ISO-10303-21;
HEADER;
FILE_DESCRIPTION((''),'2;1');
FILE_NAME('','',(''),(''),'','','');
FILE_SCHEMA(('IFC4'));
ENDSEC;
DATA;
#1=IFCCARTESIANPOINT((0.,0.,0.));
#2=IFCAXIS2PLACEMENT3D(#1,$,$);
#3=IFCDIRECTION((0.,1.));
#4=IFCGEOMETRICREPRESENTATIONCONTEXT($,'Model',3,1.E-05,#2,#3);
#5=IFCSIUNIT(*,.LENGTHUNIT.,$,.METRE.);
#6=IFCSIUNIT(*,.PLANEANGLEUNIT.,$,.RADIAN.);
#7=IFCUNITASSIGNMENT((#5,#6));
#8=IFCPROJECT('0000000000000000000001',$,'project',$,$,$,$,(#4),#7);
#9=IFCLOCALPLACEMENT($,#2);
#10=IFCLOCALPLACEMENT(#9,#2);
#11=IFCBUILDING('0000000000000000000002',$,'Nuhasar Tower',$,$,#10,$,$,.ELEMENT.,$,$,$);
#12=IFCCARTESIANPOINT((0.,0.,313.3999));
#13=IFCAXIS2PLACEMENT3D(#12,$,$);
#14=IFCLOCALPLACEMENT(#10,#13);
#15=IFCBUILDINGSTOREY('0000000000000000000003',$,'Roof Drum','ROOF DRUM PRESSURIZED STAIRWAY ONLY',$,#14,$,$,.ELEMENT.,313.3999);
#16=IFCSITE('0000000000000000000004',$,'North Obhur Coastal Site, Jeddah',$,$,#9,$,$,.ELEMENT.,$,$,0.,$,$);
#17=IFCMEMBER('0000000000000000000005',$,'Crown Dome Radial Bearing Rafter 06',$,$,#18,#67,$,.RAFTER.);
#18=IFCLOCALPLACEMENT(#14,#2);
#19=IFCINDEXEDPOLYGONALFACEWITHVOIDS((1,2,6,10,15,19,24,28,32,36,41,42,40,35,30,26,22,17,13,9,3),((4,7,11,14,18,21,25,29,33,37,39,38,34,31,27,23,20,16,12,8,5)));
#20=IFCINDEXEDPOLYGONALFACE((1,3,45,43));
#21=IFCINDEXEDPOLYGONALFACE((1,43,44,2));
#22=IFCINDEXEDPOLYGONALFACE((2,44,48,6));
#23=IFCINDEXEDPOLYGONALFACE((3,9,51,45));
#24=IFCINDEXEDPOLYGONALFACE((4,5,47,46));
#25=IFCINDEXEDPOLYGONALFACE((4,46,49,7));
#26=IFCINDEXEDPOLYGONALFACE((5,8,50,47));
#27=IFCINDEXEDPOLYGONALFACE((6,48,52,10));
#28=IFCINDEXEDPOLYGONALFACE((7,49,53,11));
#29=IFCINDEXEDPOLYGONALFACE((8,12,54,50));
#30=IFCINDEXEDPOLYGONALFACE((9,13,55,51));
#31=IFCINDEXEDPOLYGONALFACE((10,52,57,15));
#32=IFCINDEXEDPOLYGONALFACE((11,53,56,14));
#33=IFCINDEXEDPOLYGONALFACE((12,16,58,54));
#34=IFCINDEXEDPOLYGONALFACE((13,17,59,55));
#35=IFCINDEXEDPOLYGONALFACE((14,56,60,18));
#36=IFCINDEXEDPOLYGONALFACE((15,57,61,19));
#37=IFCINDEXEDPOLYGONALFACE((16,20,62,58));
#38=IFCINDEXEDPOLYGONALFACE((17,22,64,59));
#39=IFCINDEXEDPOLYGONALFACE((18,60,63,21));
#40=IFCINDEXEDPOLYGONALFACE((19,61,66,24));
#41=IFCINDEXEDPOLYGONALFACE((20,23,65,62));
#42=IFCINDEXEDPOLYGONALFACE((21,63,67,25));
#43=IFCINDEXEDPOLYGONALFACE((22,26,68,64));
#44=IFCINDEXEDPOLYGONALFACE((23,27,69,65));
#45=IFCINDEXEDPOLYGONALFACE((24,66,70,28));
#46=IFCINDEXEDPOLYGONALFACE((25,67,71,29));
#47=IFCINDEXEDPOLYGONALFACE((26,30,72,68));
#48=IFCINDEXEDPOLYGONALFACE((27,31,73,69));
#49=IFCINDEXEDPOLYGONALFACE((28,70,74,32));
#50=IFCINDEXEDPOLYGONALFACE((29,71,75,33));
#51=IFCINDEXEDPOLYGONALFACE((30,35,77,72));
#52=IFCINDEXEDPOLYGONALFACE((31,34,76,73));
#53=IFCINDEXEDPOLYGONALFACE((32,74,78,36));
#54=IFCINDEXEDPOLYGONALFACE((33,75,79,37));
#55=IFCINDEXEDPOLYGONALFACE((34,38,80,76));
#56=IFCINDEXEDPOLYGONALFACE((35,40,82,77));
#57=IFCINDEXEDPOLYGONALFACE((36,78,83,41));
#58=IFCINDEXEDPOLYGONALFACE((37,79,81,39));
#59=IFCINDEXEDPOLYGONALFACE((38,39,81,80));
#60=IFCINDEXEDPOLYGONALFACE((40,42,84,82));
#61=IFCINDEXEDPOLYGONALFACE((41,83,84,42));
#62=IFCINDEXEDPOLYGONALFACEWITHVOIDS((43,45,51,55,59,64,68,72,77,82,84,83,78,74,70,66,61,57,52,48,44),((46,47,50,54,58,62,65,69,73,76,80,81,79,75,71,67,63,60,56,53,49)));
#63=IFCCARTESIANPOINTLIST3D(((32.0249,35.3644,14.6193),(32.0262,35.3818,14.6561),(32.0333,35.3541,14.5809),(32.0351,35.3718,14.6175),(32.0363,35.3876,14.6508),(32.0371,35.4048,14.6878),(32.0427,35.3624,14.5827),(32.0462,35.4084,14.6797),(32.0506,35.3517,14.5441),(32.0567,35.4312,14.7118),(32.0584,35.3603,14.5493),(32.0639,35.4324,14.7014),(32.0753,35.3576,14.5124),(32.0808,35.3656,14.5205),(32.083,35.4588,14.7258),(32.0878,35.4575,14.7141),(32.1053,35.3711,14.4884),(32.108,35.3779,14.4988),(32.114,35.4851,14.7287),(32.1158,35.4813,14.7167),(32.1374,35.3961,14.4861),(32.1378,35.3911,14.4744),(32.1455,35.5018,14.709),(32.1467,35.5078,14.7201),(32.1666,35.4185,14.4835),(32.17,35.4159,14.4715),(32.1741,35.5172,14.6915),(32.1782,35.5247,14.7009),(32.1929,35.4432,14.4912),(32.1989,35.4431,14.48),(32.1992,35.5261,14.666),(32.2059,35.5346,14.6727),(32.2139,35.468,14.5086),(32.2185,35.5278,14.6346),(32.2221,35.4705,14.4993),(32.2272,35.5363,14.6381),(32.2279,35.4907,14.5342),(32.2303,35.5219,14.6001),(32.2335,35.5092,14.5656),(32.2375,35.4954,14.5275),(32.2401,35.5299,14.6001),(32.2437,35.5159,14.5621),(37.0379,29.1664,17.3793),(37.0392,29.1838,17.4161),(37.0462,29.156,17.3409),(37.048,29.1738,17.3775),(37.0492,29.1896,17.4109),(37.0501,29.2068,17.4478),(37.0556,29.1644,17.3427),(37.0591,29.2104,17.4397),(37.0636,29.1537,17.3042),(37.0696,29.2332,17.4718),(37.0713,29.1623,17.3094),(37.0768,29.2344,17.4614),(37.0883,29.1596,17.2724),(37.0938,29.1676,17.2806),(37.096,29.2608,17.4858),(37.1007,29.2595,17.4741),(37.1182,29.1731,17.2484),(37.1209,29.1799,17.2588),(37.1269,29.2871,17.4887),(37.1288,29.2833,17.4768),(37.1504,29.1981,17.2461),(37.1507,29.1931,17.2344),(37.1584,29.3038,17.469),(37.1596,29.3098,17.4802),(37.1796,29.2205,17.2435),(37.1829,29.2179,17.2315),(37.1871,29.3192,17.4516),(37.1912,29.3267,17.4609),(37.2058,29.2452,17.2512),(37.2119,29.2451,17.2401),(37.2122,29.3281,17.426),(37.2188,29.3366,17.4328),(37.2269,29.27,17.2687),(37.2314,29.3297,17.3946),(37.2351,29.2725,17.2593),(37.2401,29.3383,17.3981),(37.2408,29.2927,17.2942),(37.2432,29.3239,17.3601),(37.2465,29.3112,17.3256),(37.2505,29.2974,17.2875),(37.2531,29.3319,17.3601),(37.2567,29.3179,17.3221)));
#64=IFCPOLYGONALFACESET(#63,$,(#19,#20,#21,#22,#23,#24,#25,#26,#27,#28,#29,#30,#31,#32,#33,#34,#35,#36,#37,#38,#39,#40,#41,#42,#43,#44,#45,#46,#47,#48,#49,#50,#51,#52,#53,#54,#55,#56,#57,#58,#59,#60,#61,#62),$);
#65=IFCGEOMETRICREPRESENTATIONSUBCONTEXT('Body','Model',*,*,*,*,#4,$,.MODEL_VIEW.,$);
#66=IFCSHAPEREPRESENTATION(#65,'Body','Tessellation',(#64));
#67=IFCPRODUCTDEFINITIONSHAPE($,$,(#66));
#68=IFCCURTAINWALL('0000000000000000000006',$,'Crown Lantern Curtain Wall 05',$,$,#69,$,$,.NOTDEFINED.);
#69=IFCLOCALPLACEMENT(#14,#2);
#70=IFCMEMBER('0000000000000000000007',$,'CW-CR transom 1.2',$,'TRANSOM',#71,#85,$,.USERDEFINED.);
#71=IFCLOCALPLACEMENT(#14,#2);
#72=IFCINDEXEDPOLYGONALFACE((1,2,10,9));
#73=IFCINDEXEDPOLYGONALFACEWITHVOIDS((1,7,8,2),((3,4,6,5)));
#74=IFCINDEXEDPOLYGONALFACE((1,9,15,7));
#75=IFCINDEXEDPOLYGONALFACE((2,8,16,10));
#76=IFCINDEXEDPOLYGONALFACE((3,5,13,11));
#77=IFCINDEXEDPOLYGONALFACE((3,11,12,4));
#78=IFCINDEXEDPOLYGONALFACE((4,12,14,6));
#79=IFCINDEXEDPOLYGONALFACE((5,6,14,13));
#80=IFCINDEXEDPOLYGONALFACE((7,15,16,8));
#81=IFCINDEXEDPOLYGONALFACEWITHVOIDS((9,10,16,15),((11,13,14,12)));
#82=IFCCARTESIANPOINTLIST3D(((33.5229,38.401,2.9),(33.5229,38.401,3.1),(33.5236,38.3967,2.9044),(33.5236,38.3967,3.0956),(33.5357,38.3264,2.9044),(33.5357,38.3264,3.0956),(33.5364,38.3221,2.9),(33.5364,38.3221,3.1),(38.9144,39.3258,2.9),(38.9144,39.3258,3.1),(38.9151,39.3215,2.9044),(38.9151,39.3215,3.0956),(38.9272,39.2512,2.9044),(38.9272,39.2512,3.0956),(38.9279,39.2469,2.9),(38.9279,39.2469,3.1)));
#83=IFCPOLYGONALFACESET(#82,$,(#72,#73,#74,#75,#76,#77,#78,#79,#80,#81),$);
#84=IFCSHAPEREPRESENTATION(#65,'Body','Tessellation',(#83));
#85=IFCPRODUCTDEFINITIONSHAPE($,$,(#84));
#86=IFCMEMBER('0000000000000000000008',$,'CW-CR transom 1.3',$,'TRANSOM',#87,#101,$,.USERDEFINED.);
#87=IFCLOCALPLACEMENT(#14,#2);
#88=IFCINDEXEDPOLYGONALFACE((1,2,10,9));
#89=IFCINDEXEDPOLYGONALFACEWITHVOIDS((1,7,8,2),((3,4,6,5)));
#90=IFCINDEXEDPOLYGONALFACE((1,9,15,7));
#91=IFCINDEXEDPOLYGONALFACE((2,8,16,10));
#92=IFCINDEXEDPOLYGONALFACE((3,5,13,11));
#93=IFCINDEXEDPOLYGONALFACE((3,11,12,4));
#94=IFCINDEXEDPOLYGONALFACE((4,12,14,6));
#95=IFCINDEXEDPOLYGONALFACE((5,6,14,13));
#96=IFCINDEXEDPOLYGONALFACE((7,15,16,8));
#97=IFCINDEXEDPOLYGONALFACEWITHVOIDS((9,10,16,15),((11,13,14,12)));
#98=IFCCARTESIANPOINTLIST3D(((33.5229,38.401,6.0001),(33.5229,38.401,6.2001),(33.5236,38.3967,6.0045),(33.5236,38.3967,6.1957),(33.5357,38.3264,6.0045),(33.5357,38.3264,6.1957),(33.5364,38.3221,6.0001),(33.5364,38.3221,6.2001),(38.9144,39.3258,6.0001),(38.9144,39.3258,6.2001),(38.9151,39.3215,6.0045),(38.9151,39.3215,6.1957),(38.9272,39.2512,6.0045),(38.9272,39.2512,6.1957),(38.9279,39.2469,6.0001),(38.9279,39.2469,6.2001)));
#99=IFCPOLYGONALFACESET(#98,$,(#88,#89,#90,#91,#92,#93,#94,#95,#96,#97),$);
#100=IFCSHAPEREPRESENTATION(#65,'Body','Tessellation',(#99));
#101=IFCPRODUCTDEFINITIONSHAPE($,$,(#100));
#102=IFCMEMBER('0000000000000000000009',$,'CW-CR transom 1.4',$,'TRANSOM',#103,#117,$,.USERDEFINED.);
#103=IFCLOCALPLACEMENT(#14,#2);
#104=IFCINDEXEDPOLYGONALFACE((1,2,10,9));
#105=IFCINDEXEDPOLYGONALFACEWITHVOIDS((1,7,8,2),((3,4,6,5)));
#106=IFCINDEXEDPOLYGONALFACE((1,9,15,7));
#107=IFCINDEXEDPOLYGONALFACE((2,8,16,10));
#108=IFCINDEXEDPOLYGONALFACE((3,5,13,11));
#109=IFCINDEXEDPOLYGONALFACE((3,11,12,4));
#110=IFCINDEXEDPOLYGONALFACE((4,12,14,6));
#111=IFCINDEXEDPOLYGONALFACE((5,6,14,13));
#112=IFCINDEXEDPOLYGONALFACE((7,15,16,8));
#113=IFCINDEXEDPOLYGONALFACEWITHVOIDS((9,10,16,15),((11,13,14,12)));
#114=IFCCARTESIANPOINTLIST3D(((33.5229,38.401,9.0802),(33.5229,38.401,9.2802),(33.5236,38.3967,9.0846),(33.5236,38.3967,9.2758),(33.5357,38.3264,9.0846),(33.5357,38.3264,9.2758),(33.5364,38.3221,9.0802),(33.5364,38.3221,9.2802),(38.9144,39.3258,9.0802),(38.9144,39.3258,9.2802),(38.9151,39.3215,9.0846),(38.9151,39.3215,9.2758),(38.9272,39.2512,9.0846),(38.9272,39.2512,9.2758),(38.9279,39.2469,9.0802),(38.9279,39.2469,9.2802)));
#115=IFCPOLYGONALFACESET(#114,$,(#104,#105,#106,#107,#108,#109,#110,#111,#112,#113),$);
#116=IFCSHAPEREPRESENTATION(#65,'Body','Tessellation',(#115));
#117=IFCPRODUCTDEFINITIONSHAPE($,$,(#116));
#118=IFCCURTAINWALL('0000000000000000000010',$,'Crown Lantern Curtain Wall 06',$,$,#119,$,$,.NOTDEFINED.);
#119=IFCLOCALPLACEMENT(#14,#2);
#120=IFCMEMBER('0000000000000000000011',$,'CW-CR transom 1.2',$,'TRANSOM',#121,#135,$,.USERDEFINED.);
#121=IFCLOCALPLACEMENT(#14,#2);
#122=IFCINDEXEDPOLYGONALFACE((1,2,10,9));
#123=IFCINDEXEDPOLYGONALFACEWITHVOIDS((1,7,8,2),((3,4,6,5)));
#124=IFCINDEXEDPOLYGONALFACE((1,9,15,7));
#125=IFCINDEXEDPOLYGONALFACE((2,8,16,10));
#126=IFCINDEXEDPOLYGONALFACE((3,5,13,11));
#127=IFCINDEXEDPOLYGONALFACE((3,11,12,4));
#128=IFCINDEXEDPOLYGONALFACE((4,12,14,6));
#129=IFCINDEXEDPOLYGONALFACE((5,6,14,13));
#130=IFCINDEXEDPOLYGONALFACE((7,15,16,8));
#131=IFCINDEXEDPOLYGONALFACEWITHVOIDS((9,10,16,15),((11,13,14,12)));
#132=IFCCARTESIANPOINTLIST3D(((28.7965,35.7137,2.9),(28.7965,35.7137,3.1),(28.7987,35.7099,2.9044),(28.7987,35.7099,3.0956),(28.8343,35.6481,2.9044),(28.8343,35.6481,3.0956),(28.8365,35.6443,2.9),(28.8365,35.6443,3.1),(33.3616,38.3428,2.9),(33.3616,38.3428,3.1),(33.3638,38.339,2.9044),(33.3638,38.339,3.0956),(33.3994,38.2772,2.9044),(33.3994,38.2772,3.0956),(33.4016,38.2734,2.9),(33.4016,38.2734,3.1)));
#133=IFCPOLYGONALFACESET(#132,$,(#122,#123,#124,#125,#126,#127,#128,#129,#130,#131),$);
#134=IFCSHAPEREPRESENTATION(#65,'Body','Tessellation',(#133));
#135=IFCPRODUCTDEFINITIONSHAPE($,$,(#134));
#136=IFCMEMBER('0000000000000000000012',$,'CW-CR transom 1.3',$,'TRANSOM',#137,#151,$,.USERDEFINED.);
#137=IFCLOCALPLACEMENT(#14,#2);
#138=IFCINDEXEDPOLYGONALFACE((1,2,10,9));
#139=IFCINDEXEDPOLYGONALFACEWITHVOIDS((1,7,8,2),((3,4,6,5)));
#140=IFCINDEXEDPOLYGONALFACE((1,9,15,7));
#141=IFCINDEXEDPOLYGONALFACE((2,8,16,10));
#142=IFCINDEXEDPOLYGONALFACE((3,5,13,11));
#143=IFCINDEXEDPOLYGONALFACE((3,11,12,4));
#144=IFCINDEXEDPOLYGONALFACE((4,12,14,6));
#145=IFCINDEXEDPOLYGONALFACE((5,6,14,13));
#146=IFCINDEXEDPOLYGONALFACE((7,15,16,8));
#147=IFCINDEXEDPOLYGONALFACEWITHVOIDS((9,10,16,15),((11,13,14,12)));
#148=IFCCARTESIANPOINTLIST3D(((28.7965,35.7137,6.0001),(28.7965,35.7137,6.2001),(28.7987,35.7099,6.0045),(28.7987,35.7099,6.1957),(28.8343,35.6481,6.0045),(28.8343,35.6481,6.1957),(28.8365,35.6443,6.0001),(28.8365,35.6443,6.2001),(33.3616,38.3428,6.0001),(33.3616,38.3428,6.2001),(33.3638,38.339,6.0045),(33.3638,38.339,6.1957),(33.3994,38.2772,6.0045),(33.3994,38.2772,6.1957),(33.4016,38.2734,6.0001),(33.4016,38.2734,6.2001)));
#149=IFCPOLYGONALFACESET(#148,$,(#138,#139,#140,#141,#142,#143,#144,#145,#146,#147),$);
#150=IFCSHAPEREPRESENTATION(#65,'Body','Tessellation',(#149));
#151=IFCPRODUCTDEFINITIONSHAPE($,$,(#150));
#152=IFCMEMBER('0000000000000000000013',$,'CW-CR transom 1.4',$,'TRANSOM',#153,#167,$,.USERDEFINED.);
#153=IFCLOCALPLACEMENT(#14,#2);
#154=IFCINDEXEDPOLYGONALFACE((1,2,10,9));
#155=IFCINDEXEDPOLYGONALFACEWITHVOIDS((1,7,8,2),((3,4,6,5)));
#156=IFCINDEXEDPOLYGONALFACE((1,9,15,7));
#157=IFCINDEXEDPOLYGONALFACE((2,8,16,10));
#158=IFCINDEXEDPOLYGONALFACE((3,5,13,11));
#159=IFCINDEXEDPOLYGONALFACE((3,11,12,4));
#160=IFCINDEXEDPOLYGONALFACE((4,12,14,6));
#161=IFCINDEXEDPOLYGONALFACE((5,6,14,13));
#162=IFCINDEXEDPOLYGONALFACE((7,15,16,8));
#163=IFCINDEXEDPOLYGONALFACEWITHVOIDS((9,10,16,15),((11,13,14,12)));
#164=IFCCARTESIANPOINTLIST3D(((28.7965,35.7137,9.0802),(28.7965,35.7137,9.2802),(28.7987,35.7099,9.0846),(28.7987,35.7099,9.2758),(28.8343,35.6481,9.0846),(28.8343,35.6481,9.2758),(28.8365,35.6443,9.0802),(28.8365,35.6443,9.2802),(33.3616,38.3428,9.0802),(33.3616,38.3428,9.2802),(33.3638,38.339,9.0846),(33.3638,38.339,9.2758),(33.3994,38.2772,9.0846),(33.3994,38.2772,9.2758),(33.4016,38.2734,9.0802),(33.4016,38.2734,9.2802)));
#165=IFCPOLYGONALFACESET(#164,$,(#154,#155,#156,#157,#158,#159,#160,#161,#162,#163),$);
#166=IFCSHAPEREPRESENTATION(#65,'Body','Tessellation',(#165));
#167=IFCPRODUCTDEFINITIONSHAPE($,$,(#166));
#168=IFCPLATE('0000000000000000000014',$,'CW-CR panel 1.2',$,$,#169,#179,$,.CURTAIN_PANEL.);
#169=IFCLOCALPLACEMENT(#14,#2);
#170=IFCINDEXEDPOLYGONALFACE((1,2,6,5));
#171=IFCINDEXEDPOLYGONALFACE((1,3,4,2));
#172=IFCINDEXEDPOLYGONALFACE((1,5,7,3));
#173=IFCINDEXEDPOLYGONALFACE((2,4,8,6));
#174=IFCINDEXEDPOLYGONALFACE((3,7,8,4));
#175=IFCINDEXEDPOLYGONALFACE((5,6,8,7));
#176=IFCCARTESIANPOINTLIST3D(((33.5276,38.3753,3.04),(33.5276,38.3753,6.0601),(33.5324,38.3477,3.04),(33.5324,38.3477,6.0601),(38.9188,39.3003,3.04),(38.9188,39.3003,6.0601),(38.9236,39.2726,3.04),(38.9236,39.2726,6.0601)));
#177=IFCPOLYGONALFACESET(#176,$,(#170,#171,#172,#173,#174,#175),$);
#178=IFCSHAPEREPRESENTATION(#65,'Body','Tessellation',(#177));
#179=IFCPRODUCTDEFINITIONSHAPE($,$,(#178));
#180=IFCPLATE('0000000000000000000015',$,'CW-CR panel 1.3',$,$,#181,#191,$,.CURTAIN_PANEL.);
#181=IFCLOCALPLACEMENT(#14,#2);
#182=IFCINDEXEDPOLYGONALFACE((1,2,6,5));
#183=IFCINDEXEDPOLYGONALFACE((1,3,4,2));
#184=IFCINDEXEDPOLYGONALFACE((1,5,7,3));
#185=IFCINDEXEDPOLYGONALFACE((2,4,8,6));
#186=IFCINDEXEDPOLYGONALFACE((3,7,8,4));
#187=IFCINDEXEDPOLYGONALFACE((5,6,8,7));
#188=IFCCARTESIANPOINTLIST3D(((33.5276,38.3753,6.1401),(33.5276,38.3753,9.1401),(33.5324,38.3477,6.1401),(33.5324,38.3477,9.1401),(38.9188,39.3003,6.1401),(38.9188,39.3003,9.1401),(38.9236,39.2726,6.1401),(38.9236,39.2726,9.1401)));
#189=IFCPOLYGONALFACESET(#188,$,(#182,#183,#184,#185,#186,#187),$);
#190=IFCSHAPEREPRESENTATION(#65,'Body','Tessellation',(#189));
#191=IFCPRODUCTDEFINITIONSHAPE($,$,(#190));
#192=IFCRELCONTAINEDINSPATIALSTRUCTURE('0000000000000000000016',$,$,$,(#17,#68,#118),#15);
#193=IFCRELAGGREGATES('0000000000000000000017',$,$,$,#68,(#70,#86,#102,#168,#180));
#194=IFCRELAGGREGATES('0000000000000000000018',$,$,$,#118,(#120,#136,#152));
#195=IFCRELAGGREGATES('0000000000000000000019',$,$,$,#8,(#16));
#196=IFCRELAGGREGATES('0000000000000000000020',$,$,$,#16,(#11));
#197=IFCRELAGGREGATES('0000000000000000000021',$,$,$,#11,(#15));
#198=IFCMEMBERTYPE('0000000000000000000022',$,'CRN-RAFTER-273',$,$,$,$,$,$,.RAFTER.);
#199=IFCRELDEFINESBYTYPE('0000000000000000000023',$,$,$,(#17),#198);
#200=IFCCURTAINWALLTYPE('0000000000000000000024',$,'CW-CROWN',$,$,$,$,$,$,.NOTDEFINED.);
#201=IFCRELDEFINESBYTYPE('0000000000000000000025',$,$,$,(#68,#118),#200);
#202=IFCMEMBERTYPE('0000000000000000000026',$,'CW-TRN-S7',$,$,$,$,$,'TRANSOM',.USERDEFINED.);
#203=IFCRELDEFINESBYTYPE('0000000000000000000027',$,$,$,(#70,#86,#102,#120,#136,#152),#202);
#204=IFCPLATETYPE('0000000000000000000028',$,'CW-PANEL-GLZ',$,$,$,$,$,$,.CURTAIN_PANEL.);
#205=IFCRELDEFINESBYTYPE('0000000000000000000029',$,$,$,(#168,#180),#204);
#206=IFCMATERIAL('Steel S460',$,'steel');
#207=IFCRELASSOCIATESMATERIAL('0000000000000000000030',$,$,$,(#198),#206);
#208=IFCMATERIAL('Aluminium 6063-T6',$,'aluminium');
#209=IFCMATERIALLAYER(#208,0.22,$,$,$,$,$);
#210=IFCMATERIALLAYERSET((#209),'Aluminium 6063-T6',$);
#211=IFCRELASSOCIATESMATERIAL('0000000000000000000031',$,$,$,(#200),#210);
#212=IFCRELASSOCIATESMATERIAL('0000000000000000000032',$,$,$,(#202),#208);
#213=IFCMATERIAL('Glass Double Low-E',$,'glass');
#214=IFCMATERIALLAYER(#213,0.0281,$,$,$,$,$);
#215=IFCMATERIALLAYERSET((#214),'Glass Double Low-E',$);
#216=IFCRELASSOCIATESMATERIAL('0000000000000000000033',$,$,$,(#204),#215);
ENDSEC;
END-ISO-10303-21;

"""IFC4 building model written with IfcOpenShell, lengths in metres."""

from ifc_helpers import new_model, si_unit, direction, frame, origin, origin_2d, place, context, subcontext, project, spatial, rectangle, hollow_rectangle, hollow_circle, extrude, material, layer, layer_set, material_profile, profile_set, type_object, element, aggregate, save


model = new_model("IFC4")

# Units and contexts
model_context = context("Model", 3, precision=1e-05, world=origin(), true_north=direction((0.0, 1.0)))
body_context = subcontext(model_context, "Body", "Model", "MODEL_VIEW")
ifc_project = project(units=[si_unit("LENGTHUNIT", "METRE"), si_unit("PLANEANGLEUNIT", "RADIAN")], contexts=[model_context])

# Site, building, storey
site_placement = place(None, origin())
site = spatial("IfcSite", under=ifc_project, at=site_placement, Name="North Obhur Coastal Site, Jeddah", CompositionType="ELEMENT", RefElevation=0.0)
building_placement = place(site_placement, origin())
building = spatial("IfcBuilding", under=site, at=building_placement, Name="Nuhasar Tower", CompositionType="ELEMENT")
storey_placement = place(building_placement, frame((0.0, 0.0, 313.3999)))
storey = spatial("IfcBuildingStorey", under=building, at=storey_placement, Name="Roof Drum", Description="ROOF DRUM PRESSURIZED STAIRWAY ONLY", CompositionType="ELEMENT", Elevation=313.3999)

# Shared definitions
ifc_material_1 = material(Name="Steel S460", Category="steel")

# Member
ifc_material_profile_1 = material_profile(ifc_material_1, hollow_circle(Radius=0.1365, WallThickness=0.0127, at=origin_2d()), Name="HSS273.1X12.7")
ifc_profile_set_1 = profile_set([ifc_material_profile_1], Name="Steel S460")
member_type_1 = type_object("IfcMemberType", Name="CRN-RAFTER-273", PredefinedType="RAFTER", material=ifc_profile_set_1)
member_1_placement = place(storey_placement, frame((32.134, 35.4441, 14.6001), z_axis=(0.594247, -0.734727, 0.327179), x_axis=(0.77752, 0.628858, 0.0)))
element("IfcMember", 1, at=member_1_placement, inside=storey, type_object=member_type_1, Name="Crown Dome Radial Bearing Rafter 06", PredefinedType="RAFTER", context=body_context, shape_type="SweptSolid", body=[
    extrude(hollow_circle(Radius=0.1365, WallThickness=0.0127, at=origin_2d()), origin(), (0.0, 0.0, 1.0), 8.4358),
])

# Curtain walls, members
ifc_material_2 = material(Name="Aluminium 6063-T6", Category="aluminium")
ifc_layer_1 = layer(ifc_material_2, 0.22)
ifc_layer_set_1 = layer_set([ifc_layer_1], Name="Aluminium 6063-T6")
curtain_wall_type = type_object("IfcCurtainWallType", Name="CW-CROWN", PredefinedType="NOTDEFINED", material=ifc_layer_set_1)
curtain_wall_1_placement = place(storey_placement, origin())
curtain_wall_1 = element("IfcCurtainWall", 2, at=curtain_wall_1_placement, inside=storey, type_object=curtain_wall_type, Name="Crown Lantern Curtain Wall 05", PredefinedType="NOTDEFINED")
ifc_material_profile_2 = material_profile(ifc_material_2, hollow_rectangle(XDim=0.0801, YDim=0.2, WallThickness=0.0044, at=origin_2d()), Name="CWT-7")
ifc_profile_set_2 = profile_set([ifc_material_profile_2], Name="Aluminium 6063-T6")
member_type_2 = type_object("IfcMemberType", Name="CW-TRN-S7", ElementType="TRANSOM", PredefinedType="USERDEFINED", material=ifc_profile_set_2)
member_2_placement = place(storey_placement, frame((38.9211, 39.2864, 3.0), z_axis=(-0.985605, -0.169065, 0.0), x_axis=(0.169065, -0.985605, 0.0)))
member_2 = element("IfcMember", 3, at=member_2_placement, type_object=member_type_2, Name="CW-CR transom 1.2", ObjectType="TRANSOM", PredefinedType="USERDEFINED", context=body_context, shape_type="SweptSolid", body=[
    extrude(hollow_rectangle(XDim=0.0801, YDim=0.2, WallThickness=0.0044, at=origin_2d()), origin(), (0.0, 0.0, 1.0), 5.4702),
])
member_3_placement = place(storey_placement, frame((38.9211, 39.2864, 6.1001), z_axis=(-0.985605, -0.169065, 0.0), x_axis=(0.169065, -0.985605, 0.0)))
member_3 = element("IfcMember", 4, at=member_3_placement, type_object=member_type_2, Name="CW-CR transom 1.3", ObjectType="TRANSOM", PredefinedType="USERDEFINED", context=body_context, shape_type="SweptSolid", body=[
    extrude(hollow_rectangle(XDim=0.0801, YDim=0.2, WallThickness=0.0044, at=origin_2d()), origin(), (0.0, 0.0, 1.0), 5.4702),
])
member_4_placement = place(storey_placement, frame((38.9211, 39.2864, 9.1802), z_axis=(-0.985605, -0.169065, 0.0), x_axis=(0.169065, -0.985605, 0.0)))
member_4 = element("IfcMember", 5, at=member_4_placement, type_object=member_type_2, Name="CW-CR transom 1.4", ObjectType="TRANSOM", PredefinedType="USERDEFINED", context=body_context, shape_type="SweptSolid", body=[
    extrude(hollow_rectangle(XDim=0.0801, YDim=0.2, WallThickness=0.0044, at=origin_2d()), origin(), (0.0, 0.0, 1.0), 5.4702),
])
curtain_wall_2_placement = place(storey_placement, origin())
curtain_wall_2 = element("IfcCurtainWall", 6, at=curtain_wall_2_placement, inside=storey, type_object=curtain_wall_type, Name="Crown Lantern Curtain Wall 06", PredefinedType="NOTDEFINED")
member_5_placement = place(storey_placement, frame((33.3816, 38.3081, 3.0), z_axis=(-0.866564, -0.499066, 0.0), x_axis=(0.499066, -0.866564, 0.0)))
member_5 = element("IfcMember", 7, at=member_5_placement, type_object=member_type_2, Name="CW-CR transom 1.2", ObjectType="TRANSOM", PredefinedType="USERDEFINED", context=body_context, shape_type="SweptSolid", body=[
    extrude(hollow_rectangle(XDim=0.0801, YDim=0.2, WallThickness=0.0044, at=origin_2d()), origin(), (0.0, 0.0, 1.0), 5.2681),
])
member_6_placement = place(storey_placement, frame((33.3816, 38.3081, 6.1001), z_axis=(-0.866564, -0.499066, 0.0), x_axis=(0.499066, -0.866564, 0.0)))
member_6 = element("IfcMember", 8, at=member_6_placement, type_object=member_type_2, Name="CW-CR transom 1.3", ObjectType="TRANSOM", PredefinedType="USERDEFINED", context=body_context, shape_type="SweptSolid", body=[
    extrude(hollow_rectangle(XDim=0.0801, YDim=0.2, WallThickness=0.0044, at=origin_2d()), origin(), (0.0, 0.0, 1.0), 5.2681),
])
member_7_placement = place(storey_placement, frame((33.3816, 38.3081, 9.1802), z_axis=(-0.866564, -0.499066, 0.0), x_axis=(0.499066, -0.866564, 0.0)))
member_7 = element("IfcMember", 9, at=member_7_placement, type_object=member_type_2, Name="CW-CR transom 1.4", ObjectType="TRANSOM", PredefinedType="USERDEFINED", context=body_context, shape_type="SweptSolid", body=[
    extrude(hollow_rectangle(XDim=0.0801, YDim=0.2, WallThickness=0.0044, at=origin_2d()), origin(), (0.0, 0.0, 1.0), 5.2681),
])

# Plates
ifc_material_3 = material(Name="Glass Double Low-E", Category="glass")
ifc_layer_2 = layer(ifc_material_3, 0.0281)
ifc_layer_set_2 = layer_set([ifc_layer_2], Name="Glass Double Low-E")
plate_type = type_object("IfcPlateType", Name="CW-PANEL-GLZ", PredefinedType="CURTAIN_PANEL", material=ifc_layer_set_2)
plate_1_placement = place(storey_placement, frame((36.2256, 38.824, 3.04), z_axis=(0.0, 0.0, 1.0), x_axis=(-0.9856, -0.169092, 0.0)))
plate_1 = element("IfcPlate", 10, at=plate_1_placement, type_object=plate_type, Name="CW-CR panel 1.2", PredefinedType="CURTAIN_PANEL", context=body_context, shape_type="SweptSolid", body=[
    extrude(rectangle(XDim=5.47, YDim=0.0281, at=origin_2d()), origin(), (0.0, 0.0, 1.0), 3.02),
])
plate_2_placement = place(storey_placement, frame((36.2256, 38.824, 6.1401), z_axis=(0.0, 0.0, 1.0), x_axis=(-0.9856, -0.169092, 0.0)))
plate_2 = element("IfcPlate", 11, at=plate_2_placement, type_object=plate_type, Name="CW-CR panel 1.3", PredefinedType="CURTAIN_PANEL", context=body_context, shape_type="SweptSolid", body=[
    extrude(rectangle(XDim=5.47, YDim=0.0281, at=origin_2d()), origin(), (0.0, 0.0, 1.0), 3.0),
])
aggregate(curtain_wall_1, [member_2, member_3, member_4, plate_1, plate_2])
aggregate(curtain_wall_2, [member_5, member_6, member_7])

save(model, "model.ifc")
